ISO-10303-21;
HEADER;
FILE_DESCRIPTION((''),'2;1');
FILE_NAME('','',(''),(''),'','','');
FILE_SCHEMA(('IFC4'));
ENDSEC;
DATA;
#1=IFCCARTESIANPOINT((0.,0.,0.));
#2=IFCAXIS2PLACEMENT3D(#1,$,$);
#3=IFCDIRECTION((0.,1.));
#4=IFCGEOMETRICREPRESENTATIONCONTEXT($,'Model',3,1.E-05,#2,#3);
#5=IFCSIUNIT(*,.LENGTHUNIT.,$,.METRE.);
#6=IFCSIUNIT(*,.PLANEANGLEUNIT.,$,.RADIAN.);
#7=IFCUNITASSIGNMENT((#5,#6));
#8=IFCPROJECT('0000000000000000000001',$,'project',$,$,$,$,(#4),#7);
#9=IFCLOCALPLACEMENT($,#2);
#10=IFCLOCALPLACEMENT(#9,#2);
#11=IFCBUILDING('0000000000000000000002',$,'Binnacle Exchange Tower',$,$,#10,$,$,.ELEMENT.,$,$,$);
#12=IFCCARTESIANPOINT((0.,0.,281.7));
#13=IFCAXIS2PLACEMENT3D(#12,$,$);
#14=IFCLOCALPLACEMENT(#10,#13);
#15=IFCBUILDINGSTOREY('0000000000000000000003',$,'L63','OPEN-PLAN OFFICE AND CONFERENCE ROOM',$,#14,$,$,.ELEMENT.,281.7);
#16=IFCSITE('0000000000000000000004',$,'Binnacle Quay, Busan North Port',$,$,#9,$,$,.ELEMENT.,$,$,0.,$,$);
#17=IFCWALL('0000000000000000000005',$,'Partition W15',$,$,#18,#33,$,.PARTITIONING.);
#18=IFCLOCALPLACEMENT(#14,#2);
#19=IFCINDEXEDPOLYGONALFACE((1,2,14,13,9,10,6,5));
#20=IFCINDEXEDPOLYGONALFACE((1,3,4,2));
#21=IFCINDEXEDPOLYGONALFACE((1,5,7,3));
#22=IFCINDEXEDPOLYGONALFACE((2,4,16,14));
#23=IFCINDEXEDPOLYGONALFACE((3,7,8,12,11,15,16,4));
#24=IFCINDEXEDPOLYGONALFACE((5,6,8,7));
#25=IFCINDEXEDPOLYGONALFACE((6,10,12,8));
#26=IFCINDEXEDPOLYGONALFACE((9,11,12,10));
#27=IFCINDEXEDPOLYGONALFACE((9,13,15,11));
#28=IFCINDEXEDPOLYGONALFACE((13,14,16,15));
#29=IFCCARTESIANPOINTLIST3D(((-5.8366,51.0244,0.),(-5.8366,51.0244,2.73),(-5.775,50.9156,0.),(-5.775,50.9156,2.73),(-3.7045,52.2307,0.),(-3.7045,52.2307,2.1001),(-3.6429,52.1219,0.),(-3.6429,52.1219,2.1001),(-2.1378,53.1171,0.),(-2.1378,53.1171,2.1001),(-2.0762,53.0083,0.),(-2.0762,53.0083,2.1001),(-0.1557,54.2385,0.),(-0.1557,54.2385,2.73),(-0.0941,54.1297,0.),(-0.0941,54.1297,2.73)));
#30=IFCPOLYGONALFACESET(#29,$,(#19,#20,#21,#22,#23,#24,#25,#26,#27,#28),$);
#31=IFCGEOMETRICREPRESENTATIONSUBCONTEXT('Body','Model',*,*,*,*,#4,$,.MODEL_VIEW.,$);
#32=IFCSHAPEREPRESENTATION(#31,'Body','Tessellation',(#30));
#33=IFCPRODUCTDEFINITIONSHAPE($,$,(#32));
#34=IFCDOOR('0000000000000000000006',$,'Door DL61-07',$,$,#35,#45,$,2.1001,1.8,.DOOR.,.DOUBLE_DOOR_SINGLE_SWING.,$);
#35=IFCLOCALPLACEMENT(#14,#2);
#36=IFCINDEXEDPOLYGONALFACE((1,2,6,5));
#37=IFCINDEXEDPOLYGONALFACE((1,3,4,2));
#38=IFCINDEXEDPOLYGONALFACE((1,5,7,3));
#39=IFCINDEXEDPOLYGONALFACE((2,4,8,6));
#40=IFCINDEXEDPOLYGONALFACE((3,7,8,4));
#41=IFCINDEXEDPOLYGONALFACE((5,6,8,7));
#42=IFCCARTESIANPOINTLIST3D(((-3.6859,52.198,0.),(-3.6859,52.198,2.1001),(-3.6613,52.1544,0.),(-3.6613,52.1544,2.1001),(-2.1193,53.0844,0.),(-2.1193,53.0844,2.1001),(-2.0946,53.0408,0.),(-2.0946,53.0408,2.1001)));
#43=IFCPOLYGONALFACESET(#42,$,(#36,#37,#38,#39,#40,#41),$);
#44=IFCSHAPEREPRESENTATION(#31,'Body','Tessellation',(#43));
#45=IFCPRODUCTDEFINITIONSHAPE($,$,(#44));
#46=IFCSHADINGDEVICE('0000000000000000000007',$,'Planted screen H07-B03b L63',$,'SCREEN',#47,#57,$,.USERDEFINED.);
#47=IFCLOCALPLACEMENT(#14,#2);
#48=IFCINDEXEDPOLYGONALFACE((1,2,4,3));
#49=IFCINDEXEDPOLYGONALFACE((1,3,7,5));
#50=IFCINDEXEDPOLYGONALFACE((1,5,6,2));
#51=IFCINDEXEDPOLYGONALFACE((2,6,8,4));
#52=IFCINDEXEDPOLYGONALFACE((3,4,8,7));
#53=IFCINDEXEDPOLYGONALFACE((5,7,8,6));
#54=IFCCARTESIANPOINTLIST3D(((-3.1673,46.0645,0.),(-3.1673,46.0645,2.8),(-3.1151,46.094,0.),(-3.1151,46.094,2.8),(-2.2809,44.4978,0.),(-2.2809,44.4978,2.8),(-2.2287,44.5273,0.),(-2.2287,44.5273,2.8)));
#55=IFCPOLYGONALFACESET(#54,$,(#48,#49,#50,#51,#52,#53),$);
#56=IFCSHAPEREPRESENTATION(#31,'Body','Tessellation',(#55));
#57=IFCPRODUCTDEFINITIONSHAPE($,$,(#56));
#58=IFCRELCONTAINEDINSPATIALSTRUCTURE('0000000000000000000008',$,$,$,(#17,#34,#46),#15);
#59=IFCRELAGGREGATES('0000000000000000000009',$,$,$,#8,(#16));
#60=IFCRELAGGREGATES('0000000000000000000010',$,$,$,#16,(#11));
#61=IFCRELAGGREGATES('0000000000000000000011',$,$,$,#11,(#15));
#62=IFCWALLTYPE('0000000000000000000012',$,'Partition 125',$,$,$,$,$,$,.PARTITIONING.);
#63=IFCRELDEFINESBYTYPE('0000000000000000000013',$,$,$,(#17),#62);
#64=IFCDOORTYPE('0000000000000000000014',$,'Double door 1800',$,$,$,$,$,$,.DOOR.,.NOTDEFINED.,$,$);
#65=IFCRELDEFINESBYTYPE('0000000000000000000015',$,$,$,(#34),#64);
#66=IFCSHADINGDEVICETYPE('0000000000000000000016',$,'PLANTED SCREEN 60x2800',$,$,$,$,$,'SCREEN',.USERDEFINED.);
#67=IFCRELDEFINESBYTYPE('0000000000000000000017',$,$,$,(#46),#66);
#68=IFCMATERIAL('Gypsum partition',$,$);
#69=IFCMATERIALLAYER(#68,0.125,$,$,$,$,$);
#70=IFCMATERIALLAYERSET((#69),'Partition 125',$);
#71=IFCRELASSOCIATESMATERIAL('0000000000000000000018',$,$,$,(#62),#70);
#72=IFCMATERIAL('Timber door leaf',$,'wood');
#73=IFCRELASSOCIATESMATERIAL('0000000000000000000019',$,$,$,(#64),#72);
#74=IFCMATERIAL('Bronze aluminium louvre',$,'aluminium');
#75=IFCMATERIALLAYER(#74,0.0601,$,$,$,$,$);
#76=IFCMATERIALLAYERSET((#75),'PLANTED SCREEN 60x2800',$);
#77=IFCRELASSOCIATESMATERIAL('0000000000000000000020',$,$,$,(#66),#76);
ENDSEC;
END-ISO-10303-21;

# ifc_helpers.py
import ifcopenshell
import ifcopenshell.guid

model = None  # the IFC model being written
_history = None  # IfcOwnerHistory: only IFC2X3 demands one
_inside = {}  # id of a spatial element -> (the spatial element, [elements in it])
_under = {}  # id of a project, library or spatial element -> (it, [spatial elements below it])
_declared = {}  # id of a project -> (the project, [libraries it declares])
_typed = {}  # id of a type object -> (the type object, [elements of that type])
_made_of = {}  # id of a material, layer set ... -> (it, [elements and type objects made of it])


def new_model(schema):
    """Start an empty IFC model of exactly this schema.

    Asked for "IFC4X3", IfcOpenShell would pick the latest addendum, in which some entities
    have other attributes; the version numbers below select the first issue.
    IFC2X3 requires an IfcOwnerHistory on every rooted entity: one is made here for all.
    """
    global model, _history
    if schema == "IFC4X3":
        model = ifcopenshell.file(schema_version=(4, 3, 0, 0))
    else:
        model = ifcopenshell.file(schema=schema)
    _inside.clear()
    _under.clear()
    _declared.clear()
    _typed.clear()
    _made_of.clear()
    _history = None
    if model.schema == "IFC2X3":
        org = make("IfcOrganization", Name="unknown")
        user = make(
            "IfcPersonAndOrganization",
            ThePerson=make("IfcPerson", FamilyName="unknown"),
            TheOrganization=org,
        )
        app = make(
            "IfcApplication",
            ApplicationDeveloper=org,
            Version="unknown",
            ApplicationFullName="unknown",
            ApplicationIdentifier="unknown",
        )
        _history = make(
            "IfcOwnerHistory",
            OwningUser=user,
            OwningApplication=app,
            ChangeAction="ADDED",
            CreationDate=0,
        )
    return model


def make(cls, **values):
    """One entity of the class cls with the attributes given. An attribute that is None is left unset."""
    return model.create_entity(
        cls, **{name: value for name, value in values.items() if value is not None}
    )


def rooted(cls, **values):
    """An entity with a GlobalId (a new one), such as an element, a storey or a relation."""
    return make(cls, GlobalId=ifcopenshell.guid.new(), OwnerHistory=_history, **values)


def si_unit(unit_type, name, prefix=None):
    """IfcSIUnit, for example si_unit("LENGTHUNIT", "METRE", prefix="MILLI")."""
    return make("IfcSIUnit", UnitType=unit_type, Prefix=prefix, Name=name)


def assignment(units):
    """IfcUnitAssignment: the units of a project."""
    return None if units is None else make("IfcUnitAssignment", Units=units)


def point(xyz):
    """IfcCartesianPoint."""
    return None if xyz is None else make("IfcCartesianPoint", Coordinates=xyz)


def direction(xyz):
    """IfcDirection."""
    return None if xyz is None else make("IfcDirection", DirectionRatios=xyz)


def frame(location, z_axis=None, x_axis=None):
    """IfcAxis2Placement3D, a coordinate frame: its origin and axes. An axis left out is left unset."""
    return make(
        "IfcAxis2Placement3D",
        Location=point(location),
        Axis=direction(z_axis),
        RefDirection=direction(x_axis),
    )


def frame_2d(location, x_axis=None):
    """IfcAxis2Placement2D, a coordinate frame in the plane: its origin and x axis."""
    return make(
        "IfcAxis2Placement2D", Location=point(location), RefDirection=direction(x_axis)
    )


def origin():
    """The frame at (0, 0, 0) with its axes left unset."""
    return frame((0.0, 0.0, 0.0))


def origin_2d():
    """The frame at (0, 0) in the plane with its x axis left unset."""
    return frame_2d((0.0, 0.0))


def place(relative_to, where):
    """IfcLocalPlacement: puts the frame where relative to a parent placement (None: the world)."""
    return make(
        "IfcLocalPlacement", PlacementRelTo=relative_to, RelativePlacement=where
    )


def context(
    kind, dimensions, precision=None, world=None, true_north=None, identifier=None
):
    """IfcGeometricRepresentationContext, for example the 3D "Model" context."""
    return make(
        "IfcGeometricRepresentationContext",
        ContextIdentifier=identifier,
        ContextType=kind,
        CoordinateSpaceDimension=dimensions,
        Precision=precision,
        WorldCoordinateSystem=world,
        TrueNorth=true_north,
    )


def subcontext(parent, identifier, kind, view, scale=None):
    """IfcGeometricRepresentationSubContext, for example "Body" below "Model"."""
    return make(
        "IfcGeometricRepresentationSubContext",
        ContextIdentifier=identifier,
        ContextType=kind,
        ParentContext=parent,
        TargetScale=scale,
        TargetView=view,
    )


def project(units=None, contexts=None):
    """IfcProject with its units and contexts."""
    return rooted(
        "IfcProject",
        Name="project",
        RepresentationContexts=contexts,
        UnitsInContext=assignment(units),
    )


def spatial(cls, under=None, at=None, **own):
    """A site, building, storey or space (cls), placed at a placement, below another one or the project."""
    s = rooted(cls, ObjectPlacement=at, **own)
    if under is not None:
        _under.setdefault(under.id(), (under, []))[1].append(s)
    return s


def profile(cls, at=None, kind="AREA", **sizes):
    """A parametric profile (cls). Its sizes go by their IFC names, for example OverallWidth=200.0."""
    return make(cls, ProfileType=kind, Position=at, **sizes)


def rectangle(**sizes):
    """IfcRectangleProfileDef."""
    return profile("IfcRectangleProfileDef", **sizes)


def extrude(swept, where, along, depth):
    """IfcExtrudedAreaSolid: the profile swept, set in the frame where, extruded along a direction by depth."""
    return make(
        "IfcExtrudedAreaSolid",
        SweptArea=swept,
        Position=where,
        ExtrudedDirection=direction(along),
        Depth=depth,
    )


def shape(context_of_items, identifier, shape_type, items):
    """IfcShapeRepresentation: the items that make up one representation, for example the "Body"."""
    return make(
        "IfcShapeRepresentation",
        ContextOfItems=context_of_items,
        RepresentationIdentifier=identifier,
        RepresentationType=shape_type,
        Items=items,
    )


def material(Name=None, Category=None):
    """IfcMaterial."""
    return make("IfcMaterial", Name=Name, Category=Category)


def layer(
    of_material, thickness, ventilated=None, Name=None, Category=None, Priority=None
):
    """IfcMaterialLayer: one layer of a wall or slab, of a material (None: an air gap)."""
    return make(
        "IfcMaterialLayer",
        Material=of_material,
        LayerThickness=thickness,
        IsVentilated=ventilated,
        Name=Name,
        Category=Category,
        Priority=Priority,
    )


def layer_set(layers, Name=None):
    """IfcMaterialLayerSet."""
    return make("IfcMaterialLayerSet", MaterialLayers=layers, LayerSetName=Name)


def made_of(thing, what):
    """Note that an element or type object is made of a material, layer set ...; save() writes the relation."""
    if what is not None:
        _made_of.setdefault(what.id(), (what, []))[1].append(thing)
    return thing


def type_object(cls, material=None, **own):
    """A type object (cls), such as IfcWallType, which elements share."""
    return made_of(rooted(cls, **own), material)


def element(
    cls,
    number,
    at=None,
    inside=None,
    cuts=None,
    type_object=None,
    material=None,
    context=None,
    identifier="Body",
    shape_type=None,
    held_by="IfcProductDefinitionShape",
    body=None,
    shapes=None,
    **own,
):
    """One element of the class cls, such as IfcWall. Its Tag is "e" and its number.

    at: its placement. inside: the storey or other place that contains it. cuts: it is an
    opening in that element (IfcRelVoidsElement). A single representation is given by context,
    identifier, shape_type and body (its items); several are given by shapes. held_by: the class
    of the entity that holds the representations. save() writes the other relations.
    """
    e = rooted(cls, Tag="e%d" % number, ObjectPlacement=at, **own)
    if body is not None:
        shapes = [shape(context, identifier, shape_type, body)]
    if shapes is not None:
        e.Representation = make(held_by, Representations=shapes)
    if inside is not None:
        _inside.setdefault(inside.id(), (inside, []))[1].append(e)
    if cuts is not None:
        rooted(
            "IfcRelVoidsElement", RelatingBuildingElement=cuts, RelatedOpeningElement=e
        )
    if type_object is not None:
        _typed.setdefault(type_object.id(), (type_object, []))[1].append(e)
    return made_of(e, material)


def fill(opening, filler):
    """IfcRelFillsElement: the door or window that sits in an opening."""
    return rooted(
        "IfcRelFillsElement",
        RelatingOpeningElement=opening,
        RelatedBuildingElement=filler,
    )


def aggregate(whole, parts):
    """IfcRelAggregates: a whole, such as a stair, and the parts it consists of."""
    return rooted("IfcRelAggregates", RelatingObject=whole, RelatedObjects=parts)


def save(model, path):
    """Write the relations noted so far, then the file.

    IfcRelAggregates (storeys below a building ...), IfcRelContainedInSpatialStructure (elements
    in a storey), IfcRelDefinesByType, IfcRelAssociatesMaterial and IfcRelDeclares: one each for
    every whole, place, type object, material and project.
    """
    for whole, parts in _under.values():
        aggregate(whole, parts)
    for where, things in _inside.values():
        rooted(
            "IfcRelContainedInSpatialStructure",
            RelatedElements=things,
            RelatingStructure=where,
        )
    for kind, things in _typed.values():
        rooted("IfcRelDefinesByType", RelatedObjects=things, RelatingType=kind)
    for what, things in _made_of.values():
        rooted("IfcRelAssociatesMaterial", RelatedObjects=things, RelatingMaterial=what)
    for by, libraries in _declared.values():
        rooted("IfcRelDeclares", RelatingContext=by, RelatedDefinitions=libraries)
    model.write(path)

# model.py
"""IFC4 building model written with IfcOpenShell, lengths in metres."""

from ifc_helpers import new_model, si_unit, direction, frame, frame_2d, origin, origin_2d, place, context, subcontext, project, spatial, rectangle, extrude, material, layer, layer_set, type_object, element, fill, save


model = new_model("IFC4")

# Units and contexts
model_context = context("Model", 3, precision=1e-05, world=origin(), true_north=direction((0.0, 1.0)))
body_context = subcontext(model_context, "Body", "Model", "MODEL_VIEW")
ifc_project = project(units=[si_unit("LENGTHUNIT", "METRE"), si_unit("PLANEANGLEUNIT", "RADIAN")], contexts=[model_context])

# Site, building, storey
site_placement = place(None, origin())
site = spatial("IfcSite", under=ifc_project, at=site_placement, Name="Binnacle Quay, Busan North Port", CompositionType="ELEMENT", RefElevation=0.0)
building_placement = place(site_placement, origin())
building = spatial("IfcBuilding", under=site, at=building_placement, Name="Binnacle Exchange Tower", CompositionType="ELEMENT")
storey_placement = place(building_placement, frame((0.0, 0.0, 281.7)))
storey = spatial("IfcBuildingStorey", under=building, at=storey_placement, Name="L63", Description="OPEN-PLAN OFFICE AND CONFERENCE ROOM", CompositionType="ELEMENT", Elevation=281.7)

# Wall, opening, door
ifc_material_1 = material(Name="Gypsum partition")
ifc_layer_1 = layer(ifc_material_1, 0.125)
ifc_layer_set_1 = layer_set([ifc_layer_1], Name="Partition 125")
wall_type_1 = type_object("IfcWallType", Name="Partition 125", PredefinedType="PARTITIONING", material=ifc_layer_set_1)
wall_1_placement = place(storey_placement, frame((-5.8059, 50.97, 0.0), z_axis=(0.0, 0.0, 1.0), x_axis=(0.870355, 0.492425, 0.0)))
wall_1 = element("IfcWall", 1, at=wall_1_placement, inside=storey, type_object=wall_type_1, Name="Partition W15", PredefinedType="PARTITIONING", context=body_context, shape_type="SweptSolid", body=[
    extrude(rectangle(XDim=6.5271, YDim=0.125, at=frame_2d((3.2637, 0.0))), origin(), (0.0, 0.0, 1.0), 2.73),
])
opening_1_placement = place(wall_1_placement, frame((2.45, 0.0, 0.0)))
opening_1 = element("IfcOpeningElement", 2, at=opening_1_placement, cuts=wall_1, PredefinedType="OPENING", context=body_context, shape_type="SweptSolid", body=[
    extrude(rectangle(XDim=1.8, YDim=2.1001, at=frame_2d((0.8999, 1.05))), frame((0.0, 0.0725, 0.0), z_axis=(0.0, -1.0, 0.0), x_axis=(1.0, 0.0, 0.0)), (0.0, 0.0, 1.0), 0.145),
])
ifc_material_2 = material(Name="Timber door leaf", Category="wood")
door_type_1 = type_object("IfcDoorType", Name="Double door 1800", OperationType="NOTDEFINED", PredefinedType="DOOR", material=ifc_material_2)
door_1_placement = place(opening_1_placement, origin())
door_1 = element("IfcDoor", 3, at=door_1_placement, inside=storey, type_object=door_type_1, Name="Door DL61-07", OperationType="DOUBLE_DOOR_SINGLE_SWING", OverallHeight=2.1001, OverallWidth=1.8, PredefinedType="DOOR", context=body_context, shape_type="SweptSolid", body=[
    extrude(rectangle(XDim=1.8, YDim=2.1001, at=frame_2d((0.8999, 1.05))), frame((0.0, 0.0249, 0.0), z_axis=(0.0, -1.0, 0.0), x_axis=(1.0, 0.0, 0.0)), (0.0, 0.0, 1.0), 0.05),
])
fill(opening_1, door_1)

# Shading device
ifc_material_3 = material(Name="Bronze aluminium louvre", Category="aluminium")
ifc_layer_2 = layer(ifc_material_3, 0.0601)
ifc_layer_set_2 = layer_set([ifc_layer_2], Name="PLANTED SCREEN 60x2800")
shading_device_type = type_object("IfcShadingDeviceType", Name="PLANTED SCREEN 60x2800", ElementType="SCREEN", PredefinedType="USERDEFINED", material=ifc_layer_set_2)
shading_device_placement = place(storey_placement, frame((-2.698, 45.2959, 0.0), z_axis=(0.0, 0.0, 1.0), x_axis=(0.870356, 0.492424, 0.0)))
element("IfcShadingDevice", 4, at=shading_device_placement, inside=storey, type_object=shading_device_type, Name="Planted screen H07-B03b L63", ObjectType="SCREEN", PredefinedType="USERDEFINED", context=body_context, shape_type="SweptSolid", body=[
    extrude(rectangle(XDim=0.0601, YDim=1.8, at=origin_2d()), origin(), (0.0, 0.0, 1.0), 2.8),
])

save(model, "model.ifc")
